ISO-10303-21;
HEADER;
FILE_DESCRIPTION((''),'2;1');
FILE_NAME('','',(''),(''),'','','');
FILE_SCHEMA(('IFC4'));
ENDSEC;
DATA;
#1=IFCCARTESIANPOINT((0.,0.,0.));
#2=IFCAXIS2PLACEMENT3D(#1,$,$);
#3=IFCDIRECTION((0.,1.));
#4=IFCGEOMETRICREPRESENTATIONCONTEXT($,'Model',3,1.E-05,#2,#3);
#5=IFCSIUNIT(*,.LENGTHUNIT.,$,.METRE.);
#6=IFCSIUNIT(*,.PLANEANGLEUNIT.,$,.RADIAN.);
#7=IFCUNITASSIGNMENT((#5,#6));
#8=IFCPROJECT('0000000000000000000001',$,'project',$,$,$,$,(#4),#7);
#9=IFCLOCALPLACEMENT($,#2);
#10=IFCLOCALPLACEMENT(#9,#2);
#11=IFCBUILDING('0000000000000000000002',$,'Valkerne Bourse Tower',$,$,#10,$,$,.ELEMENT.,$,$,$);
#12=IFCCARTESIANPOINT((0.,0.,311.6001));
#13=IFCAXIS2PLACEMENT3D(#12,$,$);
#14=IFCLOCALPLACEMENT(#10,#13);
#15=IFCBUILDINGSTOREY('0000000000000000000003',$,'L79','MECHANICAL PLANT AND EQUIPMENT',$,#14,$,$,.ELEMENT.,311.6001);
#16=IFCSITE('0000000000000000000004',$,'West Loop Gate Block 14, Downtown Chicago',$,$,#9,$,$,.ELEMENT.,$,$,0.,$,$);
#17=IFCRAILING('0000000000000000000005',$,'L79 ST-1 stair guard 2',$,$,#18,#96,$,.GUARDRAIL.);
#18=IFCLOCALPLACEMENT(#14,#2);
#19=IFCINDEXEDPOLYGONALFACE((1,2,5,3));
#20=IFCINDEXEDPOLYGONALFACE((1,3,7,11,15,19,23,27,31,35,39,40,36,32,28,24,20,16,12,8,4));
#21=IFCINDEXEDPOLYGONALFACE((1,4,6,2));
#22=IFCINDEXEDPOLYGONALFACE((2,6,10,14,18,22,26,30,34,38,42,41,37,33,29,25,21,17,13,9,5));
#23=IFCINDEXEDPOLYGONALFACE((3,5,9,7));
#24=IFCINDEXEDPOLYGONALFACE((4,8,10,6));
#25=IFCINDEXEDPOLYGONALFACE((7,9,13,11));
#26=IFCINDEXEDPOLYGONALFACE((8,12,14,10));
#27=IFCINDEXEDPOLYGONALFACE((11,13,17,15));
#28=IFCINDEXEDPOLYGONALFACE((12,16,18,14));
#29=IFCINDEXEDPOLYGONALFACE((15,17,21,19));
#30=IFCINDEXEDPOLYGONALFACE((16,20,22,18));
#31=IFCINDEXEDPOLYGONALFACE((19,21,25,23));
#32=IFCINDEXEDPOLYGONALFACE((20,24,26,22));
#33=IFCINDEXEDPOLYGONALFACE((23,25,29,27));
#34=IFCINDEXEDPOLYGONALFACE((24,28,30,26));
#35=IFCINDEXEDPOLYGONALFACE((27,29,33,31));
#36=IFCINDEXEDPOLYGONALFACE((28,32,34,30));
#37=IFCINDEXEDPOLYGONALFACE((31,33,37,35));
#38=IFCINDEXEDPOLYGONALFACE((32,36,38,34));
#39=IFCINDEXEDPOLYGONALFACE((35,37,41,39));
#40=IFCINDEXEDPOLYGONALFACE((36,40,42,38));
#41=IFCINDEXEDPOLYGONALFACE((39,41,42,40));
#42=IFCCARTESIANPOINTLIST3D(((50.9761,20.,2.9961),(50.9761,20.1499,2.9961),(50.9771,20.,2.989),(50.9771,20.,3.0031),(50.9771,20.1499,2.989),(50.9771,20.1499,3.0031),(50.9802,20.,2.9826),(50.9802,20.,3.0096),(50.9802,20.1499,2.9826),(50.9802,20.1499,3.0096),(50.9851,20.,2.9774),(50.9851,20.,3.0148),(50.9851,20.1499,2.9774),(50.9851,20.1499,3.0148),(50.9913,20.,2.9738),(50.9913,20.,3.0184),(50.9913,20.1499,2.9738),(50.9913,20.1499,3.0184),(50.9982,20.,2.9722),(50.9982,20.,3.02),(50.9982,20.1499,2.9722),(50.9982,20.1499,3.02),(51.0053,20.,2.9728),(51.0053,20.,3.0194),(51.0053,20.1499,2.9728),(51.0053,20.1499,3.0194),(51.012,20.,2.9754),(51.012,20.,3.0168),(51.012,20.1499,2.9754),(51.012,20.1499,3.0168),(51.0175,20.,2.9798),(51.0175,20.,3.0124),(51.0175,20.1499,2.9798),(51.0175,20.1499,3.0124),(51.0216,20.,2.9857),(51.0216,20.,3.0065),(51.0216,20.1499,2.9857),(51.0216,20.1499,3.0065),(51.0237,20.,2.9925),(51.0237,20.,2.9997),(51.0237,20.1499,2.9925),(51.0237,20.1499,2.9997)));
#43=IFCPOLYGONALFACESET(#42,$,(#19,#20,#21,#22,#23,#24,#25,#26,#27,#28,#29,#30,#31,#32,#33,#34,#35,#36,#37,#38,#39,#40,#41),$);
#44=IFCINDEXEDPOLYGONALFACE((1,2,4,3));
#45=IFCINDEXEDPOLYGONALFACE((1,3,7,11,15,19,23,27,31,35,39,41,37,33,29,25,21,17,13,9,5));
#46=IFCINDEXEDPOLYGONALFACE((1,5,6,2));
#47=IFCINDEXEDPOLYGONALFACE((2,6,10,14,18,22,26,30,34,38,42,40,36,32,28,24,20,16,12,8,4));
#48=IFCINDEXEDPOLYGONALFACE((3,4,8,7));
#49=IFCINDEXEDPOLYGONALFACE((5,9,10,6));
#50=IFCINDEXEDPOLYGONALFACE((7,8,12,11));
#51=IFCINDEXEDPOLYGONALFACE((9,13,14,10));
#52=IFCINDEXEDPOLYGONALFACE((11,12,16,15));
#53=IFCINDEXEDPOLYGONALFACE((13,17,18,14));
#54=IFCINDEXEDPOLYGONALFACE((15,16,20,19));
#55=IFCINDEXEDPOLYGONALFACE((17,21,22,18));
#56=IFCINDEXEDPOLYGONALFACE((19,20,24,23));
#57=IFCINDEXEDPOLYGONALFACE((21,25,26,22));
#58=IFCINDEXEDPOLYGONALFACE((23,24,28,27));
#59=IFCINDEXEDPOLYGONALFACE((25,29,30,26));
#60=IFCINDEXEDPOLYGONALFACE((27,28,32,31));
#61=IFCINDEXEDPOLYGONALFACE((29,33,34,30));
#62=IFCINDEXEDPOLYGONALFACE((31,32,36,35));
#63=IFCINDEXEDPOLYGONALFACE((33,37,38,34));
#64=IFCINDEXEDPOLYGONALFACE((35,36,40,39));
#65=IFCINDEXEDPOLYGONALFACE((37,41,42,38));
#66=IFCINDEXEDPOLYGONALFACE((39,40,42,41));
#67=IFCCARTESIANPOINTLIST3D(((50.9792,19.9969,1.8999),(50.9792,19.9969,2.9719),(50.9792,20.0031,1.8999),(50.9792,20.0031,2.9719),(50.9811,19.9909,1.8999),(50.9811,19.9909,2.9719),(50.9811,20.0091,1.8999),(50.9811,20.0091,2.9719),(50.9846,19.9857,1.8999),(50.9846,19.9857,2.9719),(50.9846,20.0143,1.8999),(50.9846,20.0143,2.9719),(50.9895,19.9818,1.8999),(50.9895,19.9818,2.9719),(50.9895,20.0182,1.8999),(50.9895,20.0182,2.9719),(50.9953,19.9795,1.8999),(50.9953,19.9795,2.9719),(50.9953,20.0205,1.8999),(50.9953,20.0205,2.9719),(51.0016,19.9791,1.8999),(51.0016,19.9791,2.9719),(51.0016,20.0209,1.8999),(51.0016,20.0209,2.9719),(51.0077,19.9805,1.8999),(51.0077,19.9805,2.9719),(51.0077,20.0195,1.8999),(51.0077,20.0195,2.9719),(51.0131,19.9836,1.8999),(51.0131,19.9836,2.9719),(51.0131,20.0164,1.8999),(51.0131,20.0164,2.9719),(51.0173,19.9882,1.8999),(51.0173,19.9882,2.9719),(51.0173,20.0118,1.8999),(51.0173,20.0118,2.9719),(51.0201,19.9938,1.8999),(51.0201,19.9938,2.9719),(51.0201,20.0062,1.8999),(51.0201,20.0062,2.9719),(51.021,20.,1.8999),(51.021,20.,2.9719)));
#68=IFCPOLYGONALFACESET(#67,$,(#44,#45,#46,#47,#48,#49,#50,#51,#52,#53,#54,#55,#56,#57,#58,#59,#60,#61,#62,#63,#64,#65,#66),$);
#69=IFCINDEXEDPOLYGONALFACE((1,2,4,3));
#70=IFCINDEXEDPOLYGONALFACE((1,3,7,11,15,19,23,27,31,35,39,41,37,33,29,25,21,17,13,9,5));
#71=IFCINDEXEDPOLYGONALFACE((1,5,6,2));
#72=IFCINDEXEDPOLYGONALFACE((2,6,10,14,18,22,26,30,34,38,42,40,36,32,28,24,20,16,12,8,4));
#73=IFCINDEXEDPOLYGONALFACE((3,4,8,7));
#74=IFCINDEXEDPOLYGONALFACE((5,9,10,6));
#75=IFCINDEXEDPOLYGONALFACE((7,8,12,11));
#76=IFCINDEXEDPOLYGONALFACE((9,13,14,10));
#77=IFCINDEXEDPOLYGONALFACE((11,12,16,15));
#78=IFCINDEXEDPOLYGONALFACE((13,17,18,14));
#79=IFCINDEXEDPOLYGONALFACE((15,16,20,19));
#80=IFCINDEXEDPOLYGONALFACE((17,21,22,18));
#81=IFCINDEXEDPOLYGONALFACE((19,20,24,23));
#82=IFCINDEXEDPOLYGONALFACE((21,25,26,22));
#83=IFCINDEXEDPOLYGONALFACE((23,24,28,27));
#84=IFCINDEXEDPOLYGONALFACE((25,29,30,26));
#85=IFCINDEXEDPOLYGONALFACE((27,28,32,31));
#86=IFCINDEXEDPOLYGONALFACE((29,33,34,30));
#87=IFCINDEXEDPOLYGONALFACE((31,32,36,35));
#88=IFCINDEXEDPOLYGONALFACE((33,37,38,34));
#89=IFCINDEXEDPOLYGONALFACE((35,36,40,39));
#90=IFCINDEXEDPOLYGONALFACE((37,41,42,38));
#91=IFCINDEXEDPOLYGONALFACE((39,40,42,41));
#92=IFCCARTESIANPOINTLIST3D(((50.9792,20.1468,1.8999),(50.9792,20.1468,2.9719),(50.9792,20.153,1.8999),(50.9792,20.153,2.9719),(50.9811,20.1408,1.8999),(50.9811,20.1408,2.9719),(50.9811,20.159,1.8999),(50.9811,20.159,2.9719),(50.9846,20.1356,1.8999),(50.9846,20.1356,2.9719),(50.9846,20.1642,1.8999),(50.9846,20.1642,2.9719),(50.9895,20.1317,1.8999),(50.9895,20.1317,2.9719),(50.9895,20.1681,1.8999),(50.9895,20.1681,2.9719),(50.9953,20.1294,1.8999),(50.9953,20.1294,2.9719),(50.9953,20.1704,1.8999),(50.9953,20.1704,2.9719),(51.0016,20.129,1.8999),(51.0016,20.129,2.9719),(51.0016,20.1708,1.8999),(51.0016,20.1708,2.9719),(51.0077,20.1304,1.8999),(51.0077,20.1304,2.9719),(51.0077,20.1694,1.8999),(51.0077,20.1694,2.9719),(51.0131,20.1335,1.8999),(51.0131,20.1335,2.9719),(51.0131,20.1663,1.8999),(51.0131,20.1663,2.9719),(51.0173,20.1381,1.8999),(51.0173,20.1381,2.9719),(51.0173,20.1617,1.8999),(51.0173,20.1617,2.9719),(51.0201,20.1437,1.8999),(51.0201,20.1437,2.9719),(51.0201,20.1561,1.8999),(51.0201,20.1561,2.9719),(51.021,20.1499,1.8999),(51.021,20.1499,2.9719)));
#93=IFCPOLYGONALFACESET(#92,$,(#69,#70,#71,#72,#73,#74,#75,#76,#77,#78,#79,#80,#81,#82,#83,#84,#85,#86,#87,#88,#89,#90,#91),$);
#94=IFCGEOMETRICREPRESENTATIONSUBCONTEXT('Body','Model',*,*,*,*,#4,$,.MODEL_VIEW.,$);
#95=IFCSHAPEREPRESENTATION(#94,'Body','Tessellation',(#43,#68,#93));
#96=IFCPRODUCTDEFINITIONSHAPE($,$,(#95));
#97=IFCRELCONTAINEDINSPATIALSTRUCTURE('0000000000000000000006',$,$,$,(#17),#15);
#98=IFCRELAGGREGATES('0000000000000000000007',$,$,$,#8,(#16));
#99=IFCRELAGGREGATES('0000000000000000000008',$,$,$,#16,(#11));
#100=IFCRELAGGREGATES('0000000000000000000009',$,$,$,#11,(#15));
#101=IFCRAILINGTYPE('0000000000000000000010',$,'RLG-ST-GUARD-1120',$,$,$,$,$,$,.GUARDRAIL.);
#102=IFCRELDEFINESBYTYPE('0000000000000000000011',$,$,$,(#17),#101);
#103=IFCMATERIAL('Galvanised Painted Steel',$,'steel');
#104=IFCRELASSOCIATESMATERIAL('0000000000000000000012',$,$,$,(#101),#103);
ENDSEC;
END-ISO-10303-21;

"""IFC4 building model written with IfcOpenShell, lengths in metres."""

from ifc_helpers import new_model, si_unit, direction, frame, origin, origin_2d, place, context, subcontext, project, spatial, circle, extrude, material, type_object, element, save


model = new_model("IFC4")

# Units and contexts
model_context = context("Model", 3, precision=1e-05, world=origin(), true_north=direction((0.0, 1.0)))
body_context = subcontext(model_context, "Body", "Model", "MODEL_VIEW")
ifc_project = project(units=[si_unit("LENGTHUNIT", "METRE"), si_unit("PLANEANGLEUNIT", "RADIAN")], contexts=[model_context])

# Site, building, storey
site_placement = place(None, origin())
site = spatial("IfcSite", under=ifc_project, at=site_placement, Name="West Loop Gate Block 14, Downtown Chicago", CompositionType="ELEMENT", RefElevation=0.0)
building_placement = place(site_placement, origin())
building = spatial("IfcBuilding", under=site, at=building_placement, Name="Valkerne Bourse Tower", CompositionType="ELEMENT")
storey_placement = place(building_placement, frame((0.0, 0.0, 311.6001)))
storey = spatial("IfcBuildingStorey", under=building, at=storey_placement, Name="L79", Description="MECHANICAL PLANT AND EQUIPMENT", CompositionType="ELEMENT", Elevation=311.6001)

# Shared definitions
ifc_material_1 = material(Name="Galvanised Painted Steel", Category="steel")

# Railing
railing_type_1 = type_object("IfcRailingType", Name="RLG-ST-GUARD-1120", PredefinedType="GUARDRAIL", material=ifc_material_1)
railing_1_placement = place(storey_placement, frame((51.0, 20.0, 1.8999)))
element("IfcRailing", 1, at=railing_1_placement, inside=storey, type_object=railing_type_1, Name="L79 ST-1 stair guard 2", PredefinedType="GUARDRAIL", context=body_context, shape_type="SweptSolid", body=[
    extrude(circle(Radius=0.0239, at=origin_2d()), frame((0.0, 0.0, 1.0962), z_axis=(0.0, 1.0, 0.0), x_axis=(-1.0, 0.0, 0.0)), (0.0, 0.0, 1.0), 0.1499),
    extrude(circle(Radius=0.021, at=origin_2d()), origin(), (0.0, 0.0, 1.0), 1.072),
    extrude(circle(Radius=0.021, at=origin_2d()), frame((0.0, 0.1499, 0.0)), (0.0, 0.0, 1.0), 1.072),
])

save(model, "model.ifc")
